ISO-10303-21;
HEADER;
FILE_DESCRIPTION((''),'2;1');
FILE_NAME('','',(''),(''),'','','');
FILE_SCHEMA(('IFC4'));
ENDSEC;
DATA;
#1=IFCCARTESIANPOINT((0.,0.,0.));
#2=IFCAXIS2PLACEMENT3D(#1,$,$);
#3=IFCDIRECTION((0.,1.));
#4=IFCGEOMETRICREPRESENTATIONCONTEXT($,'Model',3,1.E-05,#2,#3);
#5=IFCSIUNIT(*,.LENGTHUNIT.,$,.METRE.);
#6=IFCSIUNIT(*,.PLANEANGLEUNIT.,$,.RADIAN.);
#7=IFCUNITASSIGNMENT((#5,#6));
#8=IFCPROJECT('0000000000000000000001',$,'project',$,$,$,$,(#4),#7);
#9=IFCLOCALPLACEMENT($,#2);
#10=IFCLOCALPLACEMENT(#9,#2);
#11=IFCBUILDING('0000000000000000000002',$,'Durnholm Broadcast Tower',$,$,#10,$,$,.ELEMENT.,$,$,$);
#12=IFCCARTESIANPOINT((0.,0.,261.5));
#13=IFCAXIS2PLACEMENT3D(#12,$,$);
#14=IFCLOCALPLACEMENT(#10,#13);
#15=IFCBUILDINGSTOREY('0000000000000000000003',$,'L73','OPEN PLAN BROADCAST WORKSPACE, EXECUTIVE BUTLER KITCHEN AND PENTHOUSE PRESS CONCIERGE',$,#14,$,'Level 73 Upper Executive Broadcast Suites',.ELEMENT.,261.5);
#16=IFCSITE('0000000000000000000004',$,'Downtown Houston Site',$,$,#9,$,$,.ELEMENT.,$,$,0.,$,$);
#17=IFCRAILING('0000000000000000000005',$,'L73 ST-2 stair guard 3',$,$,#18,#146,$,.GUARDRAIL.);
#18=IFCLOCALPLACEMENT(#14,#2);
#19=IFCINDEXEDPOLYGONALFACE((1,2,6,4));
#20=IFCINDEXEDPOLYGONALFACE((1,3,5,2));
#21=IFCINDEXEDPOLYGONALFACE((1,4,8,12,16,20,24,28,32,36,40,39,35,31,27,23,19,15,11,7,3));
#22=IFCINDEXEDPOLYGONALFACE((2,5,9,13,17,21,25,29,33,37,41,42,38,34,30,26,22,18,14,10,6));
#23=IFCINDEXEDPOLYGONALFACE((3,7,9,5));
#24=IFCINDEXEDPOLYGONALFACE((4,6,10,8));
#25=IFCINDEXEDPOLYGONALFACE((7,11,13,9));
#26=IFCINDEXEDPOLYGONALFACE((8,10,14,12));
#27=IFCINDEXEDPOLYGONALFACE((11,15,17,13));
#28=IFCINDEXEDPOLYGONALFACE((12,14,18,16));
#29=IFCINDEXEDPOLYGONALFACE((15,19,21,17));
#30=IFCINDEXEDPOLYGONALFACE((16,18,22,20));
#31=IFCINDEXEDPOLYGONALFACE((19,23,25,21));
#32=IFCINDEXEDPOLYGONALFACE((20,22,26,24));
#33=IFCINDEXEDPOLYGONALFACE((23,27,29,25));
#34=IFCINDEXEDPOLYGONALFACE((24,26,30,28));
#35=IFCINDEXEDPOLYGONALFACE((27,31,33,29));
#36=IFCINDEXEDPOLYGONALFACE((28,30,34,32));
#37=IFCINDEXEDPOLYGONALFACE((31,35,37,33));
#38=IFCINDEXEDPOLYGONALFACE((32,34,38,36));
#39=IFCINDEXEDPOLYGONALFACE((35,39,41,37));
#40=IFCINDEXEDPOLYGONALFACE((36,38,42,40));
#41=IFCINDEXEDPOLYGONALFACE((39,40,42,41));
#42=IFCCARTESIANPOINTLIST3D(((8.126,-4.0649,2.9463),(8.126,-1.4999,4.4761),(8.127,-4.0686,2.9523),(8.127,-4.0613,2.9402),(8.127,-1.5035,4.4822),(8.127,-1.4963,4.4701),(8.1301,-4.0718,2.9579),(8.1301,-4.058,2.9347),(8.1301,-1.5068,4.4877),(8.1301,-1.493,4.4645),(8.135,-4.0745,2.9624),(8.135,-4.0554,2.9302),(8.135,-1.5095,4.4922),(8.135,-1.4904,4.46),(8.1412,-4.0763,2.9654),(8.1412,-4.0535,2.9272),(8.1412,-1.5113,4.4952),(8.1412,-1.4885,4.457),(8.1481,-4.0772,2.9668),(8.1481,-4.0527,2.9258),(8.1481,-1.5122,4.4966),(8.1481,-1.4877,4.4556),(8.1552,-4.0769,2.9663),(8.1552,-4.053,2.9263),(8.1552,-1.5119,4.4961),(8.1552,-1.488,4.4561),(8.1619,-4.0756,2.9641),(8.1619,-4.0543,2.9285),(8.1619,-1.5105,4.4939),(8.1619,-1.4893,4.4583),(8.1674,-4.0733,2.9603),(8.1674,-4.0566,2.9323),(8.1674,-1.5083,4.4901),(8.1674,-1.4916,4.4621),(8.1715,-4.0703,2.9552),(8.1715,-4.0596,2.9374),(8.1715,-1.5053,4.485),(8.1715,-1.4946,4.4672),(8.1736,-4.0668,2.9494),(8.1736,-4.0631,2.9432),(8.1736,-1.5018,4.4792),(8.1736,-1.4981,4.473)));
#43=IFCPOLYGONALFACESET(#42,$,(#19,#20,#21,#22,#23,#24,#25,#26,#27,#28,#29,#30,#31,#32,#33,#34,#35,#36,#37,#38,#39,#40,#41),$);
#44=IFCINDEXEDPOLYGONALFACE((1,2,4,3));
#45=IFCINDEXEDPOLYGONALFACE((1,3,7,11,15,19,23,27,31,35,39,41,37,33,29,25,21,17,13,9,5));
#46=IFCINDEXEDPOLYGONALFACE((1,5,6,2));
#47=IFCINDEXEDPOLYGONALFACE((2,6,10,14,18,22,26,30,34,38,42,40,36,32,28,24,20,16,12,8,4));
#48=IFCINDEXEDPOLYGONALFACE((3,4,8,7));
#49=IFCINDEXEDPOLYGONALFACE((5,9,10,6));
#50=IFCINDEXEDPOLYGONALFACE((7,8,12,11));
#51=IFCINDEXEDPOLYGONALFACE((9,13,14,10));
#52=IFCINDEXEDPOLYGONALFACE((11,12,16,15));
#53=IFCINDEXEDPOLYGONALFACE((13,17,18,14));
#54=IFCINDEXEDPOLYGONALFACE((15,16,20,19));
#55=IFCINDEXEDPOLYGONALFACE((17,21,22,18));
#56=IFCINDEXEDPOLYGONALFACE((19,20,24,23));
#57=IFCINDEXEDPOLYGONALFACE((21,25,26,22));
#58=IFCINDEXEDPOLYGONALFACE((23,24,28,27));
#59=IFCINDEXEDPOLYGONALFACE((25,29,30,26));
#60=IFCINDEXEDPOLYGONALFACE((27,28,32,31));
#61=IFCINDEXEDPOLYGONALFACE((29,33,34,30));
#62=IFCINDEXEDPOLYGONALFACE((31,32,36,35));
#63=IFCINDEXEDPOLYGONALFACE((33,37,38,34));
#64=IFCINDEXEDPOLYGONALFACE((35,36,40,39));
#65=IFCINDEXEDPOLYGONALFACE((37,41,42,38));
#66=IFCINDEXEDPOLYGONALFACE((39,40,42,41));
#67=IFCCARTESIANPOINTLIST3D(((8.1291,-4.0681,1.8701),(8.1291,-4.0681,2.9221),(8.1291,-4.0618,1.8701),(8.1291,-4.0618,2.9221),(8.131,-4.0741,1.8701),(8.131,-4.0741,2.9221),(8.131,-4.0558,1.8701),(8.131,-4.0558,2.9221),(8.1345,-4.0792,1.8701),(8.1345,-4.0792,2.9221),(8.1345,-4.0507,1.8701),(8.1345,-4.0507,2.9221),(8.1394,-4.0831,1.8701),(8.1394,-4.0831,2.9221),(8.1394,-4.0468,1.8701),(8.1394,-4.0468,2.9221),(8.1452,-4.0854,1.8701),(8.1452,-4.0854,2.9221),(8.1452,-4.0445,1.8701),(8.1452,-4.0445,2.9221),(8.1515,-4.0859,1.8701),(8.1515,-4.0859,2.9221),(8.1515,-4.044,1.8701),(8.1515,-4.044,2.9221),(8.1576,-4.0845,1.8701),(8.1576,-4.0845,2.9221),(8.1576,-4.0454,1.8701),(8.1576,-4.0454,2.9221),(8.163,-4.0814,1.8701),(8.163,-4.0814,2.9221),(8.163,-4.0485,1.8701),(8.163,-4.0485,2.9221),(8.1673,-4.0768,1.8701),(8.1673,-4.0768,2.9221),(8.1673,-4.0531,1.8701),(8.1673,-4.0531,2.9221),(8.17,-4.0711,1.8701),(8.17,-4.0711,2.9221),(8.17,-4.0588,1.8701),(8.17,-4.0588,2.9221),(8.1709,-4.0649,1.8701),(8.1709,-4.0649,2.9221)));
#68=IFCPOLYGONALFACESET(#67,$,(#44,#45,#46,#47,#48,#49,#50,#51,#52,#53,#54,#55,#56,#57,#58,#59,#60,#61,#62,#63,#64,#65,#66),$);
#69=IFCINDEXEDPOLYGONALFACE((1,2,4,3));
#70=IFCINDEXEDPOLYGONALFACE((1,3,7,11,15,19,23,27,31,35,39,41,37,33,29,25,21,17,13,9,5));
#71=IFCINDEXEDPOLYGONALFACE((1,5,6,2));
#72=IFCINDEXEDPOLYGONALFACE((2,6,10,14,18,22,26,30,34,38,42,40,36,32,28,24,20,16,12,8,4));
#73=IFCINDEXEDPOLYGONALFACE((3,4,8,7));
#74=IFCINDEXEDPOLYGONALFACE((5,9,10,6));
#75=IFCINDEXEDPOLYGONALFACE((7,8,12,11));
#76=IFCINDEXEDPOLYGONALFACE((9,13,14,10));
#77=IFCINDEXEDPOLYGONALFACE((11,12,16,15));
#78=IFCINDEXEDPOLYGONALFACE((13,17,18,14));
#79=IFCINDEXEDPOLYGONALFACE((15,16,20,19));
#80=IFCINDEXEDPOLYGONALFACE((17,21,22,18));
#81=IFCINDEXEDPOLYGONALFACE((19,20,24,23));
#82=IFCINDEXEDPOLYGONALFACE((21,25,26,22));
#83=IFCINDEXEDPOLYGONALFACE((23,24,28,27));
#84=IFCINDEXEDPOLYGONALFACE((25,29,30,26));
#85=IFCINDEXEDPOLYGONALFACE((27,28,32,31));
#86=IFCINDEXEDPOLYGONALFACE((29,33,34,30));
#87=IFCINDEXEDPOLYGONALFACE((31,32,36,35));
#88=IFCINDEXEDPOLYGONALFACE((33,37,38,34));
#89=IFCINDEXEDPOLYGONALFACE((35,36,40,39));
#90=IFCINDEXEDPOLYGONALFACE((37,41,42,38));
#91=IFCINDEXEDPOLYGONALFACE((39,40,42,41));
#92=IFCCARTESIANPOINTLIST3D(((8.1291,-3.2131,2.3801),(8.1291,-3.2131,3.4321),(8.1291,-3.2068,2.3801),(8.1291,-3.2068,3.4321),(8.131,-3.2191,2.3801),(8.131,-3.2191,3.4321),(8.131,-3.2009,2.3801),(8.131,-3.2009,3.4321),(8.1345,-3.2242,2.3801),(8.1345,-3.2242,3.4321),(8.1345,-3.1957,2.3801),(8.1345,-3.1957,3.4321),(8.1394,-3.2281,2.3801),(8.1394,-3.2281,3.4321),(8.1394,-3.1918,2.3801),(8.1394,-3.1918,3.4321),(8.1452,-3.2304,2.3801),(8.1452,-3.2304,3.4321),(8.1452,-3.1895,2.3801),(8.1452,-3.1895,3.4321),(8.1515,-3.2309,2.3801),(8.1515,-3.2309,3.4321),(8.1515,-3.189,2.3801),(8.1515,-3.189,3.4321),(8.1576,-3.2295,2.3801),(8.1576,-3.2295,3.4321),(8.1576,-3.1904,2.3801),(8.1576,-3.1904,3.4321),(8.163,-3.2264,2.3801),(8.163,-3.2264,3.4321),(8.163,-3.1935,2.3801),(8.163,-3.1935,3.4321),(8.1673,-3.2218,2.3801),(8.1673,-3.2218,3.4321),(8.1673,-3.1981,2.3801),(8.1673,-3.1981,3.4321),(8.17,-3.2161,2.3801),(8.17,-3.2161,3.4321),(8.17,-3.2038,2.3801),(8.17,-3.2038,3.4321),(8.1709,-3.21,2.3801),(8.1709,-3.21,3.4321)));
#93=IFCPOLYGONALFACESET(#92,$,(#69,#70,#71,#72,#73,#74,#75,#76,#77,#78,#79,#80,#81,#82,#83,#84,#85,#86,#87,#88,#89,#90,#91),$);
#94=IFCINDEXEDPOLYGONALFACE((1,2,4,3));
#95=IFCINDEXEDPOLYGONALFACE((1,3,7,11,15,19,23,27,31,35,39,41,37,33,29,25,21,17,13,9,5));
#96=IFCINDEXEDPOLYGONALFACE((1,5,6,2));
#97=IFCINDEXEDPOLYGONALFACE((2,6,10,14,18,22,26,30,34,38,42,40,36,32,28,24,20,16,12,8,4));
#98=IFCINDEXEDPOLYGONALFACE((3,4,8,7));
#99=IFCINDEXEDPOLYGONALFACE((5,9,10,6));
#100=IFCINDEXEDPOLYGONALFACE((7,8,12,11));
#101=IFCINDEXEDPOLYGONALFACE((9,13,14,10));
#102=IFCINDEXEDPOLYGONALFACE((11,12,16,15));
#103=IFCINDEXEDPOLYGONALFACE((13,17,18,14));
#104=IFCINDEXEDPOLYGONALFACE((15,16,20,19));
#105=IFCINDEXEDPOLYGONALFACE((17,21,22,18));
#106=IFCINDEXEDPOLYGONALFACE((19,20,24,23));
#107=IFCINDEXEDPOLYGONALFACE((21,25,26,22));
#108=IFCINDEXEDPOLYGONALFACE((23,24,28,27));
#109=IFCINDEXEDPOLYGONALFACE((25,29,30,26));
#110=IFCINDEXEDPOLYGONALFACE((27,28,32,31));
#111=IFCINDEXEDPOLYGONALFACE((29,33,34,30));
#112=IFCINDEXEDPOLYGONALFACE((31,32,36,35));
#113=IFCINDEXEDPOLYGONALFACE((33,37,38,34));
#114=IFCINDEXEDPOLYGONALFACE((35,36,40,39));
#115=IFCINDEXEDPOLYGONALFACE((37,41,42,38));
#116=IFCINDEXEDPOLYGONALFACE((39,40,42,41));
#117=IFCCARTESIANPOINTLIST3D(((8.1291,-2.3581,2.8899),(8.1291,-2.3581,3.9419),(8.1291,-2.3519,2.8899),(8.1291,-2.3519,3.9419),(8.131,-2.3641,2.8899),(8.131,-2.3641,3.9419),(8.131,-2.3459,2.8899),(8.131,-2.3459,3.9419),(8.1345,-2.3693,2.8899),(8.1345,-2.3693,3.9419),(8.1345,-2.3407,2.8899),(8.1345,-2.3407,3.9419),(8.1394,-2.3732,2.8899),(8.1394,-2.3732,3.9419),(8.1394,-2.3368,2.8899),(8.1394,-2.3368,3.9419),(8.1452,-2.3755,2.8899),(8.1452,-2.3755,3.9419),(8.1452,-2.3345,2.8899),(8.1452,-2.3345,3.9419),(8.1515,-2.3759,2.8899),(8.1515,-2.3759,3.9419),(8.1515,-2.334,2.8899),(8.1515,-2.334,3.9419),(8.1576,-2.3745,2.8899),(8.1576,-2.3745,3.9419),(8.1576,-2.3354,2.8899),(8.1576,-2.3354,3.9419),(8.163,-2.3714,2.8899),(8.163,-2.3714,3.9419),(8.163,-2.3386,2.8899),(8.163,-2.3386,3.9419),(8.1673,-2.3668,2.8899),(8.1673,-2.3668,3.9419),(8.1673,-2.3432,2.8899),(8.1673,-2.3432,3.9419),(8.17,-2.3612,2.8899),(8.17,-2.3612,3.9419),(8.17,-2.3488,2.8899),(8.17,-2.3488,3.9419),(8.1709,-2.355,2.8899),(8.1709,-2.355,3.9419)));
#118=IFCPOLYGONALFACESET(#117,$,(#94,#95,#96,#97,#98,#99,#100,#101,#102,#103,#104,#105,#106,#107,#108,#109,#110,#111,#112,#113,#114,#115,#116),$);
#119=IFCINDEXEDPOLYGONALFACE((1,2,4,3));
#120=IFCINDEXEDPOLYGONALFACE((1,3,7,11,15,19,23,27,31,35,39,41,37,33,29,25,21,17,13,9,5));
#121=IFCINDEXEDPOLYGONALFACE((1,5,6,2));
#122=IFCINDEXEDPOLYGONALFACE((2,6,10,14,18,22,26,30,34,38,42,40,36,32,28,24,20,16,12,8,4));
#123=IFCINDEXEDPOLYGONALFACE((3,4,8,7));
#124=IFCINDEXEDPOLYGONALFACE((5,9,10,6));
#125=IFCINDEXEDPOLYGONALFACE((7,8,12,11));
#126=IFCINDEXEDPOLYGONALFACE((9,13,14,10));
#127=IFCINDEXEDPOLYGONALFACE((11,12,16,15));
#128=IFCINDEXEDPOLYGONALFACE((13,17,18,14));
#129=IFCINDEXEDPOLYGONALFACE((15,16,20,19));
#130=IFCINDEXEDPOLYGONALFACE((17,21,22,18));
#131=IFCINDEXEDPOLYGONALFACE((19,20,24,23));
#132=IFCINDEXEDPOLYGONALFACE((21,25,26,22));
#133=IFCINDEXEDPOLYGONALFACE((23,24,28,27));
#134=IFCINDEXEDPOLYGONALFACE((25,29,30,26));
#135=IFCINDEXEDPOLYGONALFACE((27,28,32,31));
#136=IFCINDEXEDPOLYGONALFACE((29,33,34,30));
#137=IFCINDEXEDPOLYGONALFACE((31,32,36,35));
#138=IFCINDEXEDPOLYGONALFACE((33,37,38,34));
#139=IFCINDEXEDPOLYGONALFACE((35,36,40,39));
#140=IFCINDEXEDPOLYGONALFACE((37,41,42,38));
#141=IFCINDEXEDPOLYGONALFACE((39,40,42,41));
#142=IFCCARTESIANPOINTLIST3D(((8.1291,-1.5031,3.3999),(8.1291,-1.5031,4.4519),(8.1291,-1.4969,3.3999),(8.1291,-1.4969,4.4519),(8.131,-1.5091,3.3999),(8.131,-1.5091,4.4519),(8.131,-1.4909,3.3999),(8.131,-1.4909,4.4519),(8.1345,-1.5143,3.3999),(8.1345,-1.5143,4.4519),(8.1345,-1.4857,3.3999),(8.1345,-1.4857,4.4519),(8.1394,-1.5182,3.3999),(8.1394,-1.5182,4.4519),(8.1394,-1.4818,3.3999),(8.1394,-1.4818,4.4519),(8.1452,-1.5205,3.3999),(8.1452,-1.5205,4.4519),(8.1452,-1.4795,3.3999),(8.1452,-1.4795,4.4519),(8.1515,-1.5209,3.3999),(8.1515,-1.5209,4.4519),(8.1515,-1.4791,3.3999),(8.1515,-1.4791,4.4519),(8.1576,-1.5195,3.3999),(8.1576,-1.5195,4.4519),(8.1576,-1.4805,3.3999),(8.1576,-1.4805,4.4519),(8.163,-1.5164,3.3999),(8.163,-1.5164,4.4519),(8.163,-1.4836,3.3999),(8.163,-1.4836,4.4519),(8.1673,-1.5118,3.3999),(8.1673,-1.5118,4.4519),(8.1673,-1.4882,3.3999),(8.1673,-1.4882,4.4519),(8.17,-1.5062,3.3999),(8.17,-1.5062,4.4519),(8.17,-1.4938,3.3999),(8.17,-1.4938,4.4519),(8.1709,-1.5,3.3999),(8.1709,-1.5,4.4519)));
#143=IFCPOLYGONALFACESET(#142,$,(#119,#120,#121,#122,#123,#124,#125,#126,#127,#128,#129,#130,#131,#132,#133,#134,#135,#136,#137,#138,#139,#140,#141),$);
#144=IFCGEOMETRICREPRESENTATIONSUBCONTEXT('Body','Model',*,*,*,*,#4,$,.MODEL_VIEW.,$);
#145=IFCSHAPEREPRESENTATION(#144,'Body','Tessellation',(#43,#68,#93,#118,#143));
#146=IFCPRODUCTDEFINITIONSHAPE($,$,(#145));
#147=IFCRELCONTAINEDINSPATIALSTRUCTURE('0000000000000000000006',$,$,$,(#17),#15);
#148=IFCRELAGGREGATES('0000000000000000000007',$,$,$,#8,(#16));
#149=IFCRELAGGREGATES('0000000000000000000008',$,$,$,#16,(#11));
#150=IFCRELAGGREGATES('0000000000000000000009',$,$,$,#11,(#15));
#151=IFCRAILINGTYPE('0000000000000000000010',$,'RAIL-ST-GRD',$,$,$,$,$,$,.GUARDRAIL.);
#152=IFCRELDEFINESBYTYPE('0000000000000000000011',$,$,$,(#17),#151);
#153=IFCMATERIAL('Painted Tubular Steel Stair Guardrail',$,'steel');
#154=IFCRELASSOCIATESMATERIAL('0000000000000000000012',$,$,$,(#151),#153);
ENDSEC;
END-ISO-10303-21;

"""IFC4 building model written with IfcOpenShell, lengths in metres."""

from ifc_helpers import new_model, si_unit, direction, frame, origin, origin_2d, place, context, subcontext, project, spatial, circle, extrude, material, type_object, element, save


model = new_model("IFC4")

# Units and contexts
model_context = context("Model", 3, precision=1e-05, world=origin(), true_north=direction((0.0, 1.0)))
body_context = subcontext(model_context, "Body", "Model", "MODEL_VIEW")
ifc_project = project(units=[si_unit("LENGTHUNIT", "METRE"), si_unit("PLANEANGLEUNIT", "RADIAN")], contexts=[model_context])

# Site, building, storey
site_placement = place(None, origin())
site = spatial("IfcSite", under=ifc_project, at=site_placement, Name="Downtown Houston Site", CompositionType="ELEMENT", RefElevation=0.0)
building_placement = place(site_placement, origin())
building = spatial("IfcBuilding", under=site, at=building_placement, Name="Durnholm Broadcast Tower", CompositionType="ELEMENT")
storey_placement = place(building_placement, frame((0.0, 0.0, 261.5)))
storey = spatial("IfcBuildingStorey", under=building, at=storey_placement, Name="L73", Description="OPEN PLAN BROADCAST WORKSPACE, EXECUTIVE BUTLER KITCHEN AND PENTHOUSE PRESS CONCIERGE", LongName="Level 73 Upper Executive Broadcast Suites", CompositionType="ELEMENT", Elevation=261.5)

# Railing
ifc_material_1 = material(Name="Painted Tubular Steel Stair Guardrail", Category="steel")
railing_type_1 = type_object("IfcRailingType", Name="RAIL-ST-GRD", PredefinedType="GUARDRAIL", material=ifc_material_1)
railing_1_placement = place(storey_placement, frame((8.1499, -4.0649, 1.8701)))
element("IfcRailing", 1, at=railing_1_placement, inside=storey, type_object=railing_type_1, Name="L73 ST-2 stair guard 3", PredefinedType="GUARDRAIL", context=body_context, shape_type="SweptSolid", body=[
    extrude(circle(Radius=0.0239, at=origin_2d()), frame((0.0, 0.0, 1.0762), z_axis=(0.0, 0.858846, 0.512234), x_axis=(-1.0, 0.0, 0.0)), (0.0, 0.0, 1.0), 2.9866),
    extrude(circle(Radius=0.021, at=origin_2d()), origin(), (0.0, 0.0, 1.0), 1.052),
    extrude(circle(Radius=0.021, at=origin_2d()), frame((0.0, 0.855, 0.51)), (0.0, 0.0, 1.0), 1.052),
    extrude(circle(Radius=0.021, at=origin_2d()), frame((0.0, 1.71, 1.0198)), (0.0, 0.0, 1.0), 1.052),
    extrude(circle(Radius=0.021, at=origin_2d()), frame((0.0, 2.5649, 1.5298)), (0.0, 0.0, 1.0), 1.052),
])

save(model, "model.ifc")
